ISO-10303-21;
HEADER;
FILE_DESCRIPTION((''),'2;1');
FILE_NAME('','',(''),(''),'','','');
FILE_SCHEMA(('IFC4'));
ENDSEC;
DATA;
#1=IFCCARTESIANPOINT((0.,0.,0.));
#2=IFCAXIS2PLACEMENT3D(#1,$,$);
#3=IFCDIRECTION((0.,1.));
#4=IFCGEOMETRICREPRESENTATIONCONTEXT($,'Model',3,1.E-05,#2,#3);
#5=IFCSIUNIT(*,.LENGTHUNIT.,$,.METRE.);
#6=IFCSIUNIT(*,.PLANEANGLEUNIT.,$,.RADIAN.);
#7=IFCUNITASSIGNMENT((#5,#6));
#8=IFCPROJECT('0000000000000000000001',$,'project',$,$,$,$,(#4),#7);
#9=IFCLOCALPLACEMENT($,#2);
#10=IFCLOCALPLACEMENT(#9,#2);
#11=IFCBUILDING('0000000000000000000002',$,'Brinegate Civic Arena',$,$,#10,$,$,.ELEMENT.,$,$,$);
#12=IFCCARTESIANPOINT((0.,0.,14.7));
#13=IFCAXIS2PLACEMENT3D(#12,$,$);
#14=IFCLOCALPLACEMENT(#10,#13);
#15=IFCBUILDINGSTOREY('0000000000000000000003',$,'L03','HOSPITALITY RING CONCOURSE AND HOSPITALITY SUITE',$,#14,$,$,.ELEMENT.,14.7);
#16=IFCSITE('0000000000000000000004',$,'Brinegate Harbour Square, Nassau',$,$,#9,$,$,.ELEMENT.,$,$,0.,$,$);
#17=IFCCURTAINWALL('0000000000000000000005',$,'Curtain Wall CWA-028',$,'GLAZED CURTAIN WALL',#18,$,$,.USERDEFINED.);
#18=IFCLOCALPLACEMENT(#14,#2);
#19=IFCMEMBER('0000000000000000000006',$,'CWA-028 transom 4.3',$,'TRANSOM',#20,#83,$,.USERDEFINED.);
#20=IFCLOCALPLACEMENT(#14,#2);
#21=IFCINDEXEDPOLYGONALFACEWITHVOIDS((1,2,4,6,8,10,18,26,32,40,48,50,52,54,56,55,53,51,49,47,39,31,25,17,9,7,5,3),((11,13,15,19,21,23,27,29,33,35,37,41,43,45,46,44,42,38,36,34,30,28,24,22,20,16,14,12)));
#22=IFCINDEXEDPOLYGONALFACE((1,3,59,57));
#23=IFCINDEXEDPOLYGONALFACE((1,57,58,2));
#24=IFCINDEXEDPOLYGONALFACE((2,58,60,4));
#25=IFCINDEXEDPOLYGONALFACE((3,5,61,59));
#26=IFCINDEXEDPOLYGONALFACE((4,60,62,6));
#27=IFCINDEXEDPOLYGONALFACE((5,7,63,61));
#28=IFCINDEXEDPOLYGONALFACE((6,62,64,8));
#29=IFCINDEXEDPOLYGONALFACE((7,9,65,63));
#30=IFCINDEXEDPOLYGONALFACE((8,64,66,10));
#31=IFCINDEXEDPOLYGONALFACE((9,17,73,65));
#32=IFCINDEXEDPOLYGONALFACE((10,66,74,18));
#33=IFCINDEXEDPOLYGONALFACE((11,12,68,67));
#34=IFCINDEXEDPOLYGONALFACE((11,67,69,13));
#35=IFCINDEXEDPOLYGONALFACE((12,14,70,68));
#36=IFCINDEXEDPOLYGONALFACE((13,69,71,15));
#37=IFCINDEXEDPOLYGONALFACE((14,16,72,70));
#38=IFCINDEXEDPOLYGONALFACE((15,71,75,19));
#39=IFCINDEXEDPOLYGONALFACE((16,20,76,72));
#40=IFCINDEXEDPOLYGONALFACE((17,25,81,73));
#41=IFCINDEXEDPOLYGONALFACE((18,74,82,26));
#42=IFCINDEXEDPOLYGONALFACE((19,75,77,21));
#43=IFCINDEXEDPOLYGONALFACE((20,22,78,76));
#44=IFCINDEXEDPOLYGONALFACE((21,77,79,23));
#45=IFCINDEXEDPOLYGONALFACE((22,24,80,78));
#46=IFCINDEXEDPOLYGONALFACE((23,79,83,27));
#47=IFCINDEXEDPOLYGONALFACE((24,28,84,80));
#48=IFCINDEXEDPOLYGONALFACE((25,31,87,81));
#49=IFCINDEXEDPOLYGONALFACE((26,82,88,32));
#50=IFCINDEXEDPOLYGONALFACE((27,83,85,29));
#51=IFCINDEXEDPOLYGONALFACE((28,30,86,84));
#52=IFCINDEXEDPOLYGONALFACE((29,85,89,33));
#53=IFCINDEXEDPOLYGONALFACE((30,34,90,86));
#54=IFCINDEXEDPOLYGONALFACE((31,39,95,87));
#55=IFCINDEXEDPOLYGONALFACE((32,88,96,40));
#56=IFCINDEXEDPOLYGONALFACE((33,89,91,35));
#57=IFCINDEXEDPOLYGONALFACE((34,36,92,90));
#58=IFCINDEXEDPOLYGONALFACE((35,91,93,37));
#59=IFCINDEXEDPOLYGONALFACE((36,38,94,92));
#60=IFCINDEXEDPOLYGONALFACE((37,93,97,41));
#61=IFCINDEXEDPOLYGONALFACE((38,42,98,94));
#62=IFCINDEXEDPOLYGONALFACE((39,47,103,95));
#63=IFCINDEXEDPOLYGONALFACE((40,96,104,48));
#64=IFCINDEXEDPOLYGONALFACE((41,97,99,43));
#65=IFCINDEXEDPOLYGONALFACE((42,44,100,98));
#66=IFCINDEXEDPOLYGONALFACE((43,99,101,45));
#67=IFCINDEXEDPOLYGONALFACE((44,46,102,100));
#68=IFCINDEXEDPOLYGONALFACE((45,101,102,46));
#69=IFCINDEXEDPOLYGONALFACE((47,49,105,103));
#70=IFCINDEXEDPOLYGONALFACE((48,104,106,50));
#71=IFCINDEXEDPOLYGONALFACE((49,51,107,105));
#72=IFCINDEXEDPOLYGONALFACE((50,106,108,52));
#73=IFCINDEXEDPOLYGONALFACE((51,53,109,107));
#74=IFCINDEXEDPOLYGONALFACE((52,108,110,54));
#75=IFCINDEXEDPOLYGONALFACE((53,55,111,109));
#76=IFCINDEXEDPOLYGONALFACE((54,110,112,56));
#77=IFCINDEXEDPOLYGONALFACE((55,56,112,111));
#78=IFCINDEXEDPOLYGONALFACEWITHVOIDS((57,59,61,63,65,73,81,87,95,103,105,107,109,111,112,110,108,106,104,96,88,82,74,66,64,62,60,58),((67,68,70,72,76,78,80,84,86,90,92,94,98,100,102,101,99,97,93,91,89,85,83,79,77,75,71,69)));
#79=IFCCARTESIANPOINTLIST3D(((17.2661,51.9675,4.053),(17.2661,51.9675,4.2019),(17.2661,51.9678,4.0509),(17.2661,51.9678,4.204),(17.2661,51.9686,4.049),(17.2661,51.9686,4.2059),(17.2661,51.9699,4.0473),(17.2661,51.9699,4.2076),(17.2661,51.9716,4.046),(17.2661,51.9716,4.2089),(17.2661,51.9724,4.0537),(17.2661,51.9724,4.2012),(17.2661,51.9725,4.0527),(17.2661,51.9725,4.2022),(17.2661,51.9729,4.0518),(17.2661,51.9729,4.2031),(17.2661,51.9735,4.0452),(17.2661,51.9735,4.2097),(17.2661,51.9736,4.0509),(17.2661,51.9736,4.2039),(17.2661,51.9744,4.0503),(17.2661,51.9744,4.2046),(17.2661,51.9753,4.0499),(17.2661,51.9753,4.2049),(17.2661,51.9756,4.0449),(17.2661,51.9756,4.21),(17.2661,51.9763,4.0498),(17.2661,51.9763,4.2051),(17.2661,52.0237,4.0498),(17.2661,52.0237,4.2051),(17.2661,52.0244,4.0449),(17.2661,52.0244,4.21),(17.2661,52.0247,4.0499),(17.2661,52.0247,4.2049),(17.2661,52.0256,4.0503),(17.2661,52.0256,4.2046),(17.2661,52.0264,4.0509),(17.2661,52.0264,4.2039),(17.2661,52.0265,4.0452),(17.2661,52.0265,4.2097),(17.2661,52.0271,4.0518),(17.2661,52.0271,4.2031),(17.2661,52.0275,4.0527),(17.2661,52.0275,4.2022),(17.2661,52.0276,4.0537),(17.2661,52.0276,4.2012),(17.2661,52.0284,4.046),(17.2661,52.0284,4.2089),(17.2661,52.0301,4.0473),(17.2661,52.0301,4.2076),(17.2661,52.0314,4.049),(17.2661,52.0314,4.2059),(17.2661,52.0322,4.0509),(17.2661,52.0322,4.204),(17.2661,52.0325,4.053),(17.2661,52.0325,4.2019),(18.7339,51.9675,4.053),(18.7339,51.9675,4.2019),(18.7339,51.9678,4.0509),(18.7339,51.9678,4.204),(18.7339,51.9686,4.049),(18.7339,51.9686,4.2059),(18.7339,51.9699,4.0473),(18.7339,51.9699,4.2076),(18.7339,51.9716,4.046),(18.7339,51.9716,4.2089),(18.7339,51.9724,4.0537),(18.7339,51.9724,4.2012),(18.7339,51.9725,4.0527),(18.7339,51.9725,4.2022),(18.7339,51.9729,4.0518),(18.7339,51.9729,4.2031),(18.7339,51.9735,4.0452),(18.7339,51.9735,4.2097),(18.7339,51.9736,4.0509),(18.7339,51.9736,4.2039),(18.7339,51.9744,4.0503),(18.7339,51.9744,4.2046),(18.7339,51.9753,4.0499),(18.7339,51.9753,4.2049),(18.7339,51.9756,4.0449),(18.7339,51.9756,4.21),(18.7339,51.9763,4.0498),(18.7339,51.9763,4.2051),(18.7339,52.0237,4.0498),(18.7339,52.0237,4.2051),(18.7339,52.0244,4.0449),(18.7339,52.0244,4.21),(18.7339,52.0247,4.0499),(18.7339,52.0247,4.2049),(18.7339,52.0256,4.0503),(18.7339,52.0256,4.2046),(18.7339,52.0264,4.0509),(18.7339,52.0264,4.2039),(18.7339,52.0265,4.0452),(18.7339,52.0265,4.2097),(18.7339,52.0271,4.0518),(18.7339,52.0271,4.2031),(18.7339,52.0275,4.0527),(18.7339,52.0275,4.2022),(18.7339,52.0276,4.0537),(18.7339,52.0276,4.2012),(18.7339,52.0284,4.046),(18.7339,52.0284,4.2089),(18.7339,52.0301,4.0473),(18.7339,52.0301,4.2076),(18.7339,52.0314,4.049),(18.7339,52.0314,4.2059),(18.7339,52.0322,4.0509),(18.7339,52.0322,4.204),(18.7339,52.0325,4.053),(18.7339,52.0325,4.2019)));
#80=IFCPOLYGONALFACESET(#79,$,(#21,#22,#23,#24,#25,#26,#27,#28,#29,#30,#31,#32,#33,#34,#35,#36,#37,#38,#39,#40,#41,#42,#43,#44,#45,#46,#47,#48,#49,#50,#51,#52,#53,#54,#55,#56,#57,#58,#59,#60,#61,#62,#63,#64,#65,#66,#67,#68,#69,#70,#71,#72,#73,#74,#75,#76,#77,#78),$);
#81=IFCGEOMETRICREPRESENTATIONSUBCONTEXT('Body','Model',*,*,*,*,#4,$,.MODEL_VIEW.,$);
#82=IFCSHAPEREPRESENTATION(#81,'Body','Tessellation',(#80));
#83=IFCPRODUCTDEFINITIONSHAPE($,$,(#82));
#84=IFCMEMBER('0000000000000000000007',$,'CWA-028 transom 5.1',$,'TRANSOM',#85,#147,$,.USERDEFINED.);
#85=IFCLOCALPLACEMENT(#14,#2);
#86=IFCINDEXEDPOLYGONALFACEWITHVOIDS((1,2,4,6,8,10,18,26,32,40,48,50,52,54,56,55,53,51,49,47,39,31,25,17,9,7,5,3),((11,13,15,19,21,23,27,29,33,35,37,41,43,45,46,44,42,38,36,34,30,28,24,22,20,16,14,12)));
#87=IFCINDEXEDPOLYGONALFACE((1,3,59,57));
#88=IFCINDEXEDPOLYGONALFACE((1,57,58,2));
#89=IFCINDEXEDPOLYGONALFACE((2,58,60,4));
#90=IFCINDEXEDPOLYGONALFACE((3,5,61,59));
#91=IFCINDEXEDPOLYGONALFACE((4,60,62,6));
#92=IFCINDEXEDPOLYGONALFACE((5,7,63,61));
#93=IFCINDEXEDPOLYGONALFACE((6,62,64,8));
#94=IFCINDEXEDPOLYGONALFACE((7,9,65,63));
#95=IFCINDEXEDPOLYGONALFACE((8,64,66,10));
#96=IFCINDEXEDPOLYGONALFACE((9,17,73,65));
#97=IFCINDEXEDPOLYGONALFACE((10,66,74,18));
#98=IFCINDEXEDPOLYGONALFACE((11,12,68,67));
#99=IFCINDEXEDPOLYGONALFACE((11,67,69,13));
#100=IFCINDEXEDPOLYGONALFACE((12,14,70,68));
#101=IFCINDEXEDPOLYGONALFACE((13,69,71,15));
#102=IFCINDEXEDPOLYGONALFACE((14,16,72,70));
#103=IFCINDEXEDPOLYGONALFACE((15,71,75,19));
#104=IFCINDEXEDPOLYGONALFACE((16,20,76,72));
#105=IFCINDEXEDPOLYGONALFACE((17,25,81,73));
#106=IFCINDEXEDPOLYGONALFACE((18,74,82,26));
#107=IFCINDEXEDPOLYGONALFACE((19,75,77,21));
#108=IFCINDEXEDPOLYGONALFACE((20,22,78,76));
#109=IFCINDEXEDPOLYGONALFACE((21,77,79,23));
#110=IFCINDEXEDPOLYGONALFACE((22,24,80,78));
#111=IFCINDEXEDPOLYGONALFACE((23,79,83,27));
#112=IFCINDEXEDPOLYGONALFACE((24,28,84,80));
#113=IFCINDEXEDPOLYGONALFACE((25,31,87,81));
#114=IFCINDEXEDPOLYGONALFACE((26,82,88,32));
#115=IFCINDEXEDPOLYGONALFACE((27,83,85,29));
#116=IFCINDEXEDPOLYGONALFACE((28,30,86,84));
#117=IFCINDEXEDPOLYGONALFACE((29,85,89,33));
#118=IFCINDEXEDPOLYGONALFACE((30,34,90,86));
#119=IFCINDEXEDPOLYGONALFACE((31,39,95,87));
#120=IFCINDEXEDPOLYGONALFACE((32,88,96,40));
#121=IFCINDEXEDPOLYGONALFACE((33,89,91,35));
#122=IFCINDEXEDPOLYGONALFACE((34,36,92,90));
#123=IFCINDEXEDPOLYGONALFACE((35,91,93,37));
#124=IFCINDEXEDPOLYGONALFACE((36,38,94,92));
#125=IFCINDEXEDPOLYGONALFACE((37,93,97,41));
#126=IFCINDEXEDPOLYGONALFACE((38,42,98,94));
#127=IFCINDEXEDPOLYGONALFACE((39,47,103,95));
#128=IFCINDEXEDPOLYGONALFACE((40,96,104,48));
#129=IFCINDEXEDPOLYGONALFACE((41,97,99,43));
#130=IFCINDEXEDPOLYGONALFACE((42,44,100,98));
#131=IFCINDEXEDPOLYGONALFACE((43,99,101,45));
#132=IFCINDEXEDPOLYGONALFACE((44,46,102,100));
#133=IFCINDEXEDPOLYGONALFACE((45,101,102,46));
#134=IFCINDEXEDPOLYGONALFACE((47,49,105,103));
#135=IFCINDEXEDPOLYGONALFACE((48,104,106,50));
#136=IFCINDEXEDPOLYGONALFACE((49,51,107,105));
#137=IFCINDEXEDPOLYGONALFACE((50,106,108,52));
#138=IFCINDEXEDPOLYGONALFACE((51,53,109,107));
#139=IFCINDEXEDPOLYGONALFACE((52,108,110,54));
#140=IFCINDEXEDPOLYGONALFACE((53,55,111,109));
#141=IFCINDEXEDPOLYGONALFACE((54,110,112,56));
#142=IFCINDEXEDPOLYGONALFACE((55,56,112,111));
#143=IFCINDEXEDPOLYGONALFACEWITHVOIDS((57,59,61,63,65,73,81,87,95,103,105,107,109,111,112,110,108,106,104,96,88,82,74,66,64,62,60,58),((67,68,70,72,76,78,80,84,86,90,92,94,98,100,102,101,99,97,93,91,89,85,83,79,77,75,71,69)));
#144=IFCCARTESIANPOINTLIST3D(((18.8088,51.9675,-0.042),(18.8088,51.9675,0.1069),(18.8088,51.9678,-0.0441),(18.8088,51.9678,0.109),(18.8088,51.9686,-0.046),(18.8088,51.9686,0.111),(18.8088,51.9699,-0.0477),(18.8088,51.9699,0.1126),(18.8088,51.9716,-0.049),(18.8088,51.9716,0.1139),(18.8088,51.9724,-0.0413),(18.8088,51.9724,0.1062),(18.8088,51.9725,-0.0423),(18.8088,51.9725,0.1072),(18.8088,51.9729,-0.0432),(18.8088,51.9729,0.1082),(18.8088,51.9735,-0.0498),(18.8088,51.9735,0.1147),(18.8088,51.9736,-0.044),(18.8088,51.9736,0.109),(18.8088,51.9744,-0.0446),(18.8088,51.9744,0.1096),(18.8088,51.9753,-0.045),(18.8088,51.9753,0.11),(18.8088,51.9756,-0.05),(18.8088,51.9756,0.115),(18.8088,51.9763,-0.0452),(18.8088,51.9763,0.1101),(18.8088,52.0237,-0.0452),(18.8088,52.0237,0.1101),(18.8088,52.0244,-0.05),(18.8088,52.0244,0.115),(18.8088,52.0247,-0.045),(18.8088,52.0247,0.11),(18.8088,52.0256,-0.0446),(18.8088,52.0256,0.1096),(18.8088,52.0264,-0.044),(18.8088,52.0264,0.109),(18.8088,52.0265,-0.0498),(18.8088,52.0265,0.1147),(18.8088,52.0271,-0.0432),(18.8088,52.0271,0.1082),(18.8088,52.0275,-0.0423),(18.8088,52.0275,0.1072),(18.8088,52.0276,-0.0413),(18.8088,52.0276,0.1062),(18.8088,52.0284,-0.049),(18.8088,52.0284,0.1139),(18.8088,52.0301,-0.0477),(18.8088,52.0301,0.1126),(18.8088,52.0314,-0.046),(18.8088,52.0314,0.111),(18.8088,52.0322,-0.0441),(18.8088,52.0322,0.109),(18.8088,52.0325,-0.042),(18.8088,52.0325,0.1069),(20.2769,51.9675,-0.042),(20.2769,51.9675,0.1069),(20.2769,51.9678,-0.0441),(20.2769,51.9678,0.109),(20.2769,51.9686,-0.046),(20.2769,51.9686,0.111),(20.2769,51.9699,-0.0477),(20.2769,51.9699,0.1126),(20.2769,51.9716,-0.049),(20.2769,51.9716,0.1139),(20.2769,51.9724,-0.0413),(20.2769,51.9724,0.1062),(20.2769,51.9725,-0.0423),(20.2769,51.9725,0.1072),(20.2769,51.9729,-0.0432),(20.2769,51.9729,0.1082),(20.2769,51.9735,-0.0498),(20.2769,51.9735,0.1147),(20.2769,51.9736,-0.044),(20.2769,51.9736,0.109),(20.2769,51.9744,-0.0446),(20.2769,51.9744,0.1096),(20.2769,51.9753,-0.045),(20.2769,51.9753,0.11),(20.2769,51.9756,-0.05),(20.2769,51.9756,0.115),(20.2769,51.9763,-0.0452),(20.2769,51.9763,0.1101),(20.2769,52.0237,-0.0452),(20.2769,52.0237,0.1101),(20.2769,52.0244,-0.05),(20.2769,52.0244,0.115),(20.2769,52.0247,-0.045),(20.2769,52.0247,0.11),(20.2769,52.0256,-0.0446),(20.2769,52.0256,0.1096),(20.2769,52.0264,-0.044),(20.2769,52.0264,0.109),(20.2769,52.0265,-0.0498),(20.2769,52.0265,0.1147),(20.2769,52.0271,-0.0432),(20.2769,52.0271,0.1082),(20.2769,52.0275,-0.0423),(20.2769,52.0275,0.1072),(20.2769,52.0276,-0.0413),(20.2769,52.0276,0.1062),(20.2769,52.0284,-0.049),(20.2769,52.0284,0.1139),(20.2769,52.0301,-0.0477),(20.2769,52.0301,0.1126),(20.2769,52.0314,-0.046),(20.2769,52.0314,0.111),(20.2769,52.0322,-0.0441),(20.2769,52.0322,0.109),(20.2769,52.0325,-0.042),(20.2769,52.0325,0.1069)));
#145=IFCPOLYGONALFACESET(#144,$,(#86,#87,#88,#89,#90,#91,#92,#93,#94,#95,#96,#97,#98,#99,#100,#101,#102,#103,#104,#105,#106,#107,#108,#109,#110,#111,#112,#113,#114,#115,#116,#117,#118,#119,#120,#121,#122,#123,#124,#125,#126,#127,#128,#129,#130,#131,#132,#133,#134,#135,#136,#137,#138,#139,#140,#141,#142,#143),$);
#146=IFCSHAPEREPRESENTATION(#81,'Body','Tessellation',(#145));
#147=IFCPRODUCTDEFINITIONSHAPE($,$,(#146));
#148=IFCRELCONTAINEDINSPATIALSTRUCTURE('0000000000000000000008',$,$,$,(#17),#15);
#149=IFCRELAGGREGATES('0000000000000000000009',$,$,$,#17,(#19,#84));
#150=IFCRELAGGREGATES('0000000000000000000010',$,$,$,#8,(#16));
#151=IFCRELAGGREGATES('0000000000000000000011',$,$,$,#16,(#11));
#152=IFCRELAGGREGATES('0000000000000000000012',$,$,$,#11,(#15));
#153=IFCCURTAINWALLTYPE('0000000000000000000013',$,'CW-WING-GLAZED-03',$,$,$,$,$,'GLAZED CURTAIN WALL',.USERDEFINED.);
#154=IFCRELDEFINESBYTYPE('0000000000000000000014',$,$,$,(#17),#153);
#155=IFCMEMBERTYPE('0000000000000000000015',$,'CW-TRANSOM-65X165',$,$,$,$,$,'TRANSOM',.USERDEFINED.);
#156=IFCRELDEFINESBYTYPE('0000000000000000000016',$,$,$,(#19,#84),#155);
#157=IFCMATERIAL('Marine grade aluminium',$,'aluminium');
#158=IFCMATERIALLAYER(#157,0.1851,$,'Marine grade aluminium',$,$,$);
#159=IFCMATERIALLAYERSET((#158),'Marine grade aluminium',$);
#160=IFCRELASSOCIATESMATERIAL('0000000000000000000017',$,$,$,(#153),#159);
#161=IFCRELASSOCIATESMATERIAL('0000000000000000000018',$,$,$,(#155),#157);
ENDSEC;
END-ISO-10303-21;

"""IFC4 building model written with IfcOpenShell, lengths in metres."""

from ifc_helpers import new_model, si_unit, direction, frame, origin, origin_2d, place, context, subcontext, project, spatial, hollow_rectangle, extrude, material, layer, layer_set, material_profile, profile_set, type_object, element, aggregate, save


model = new_model("IFC4")

# Units and contexts
model_context = context("Model", 3, precision=1e-05, world=origin(), true_north=direction((0.0, 1.0)))
body_context = subcontext(model_context, "Body", "Model", "MODEL_VIEW")
ifc_project = project(units=[si_unit("LENGTHUNIT", "METRE"), si_unit("PLANEANGLEUNIT", "RADIAN")], contexts=[model_context])

# Site, building, storey
site_placement = place(None, origin())
site = spatial("IfcSite", under=ifc_project, at=site_placement, Name="Brinegate Harbour Square, Nassau", CompositionType="ELEMENT", RefElevation=0.0)
building_placement = place(site_placement, origin())
building = spatial("IfcBuilding", under=site, at=building_placement, Name="Brinegate Civic Arena", CompositionType="ELEMENT")
storey_placement = place(building_placement, frame((0.0, 0.0, 14.7)))
storey = spatial("IfcBuildingStorey", under=building, at=storey_placement, Name="L03", Description="HOSPITALITY RING CONCOURSE AND HOSPITALITY SUITE", CompositionType="ELEMENT", Elevation=14.7)

# Curtain wall, members
ifc_material_1 = material(Name="Marine grade aluminium", Category="aluminium")
ifc_layer_1 = layer(ifc_material_1, 0.1851, Name="Marine grade aluminium")
ifc_layer_set_1 = layer_set([ifc_layer_1], Name="Marine grade aluminium")
curtain_wall_type = type_object("IfcCurtainWallType", Name="CW-WING-GLAZED-03", ElementType="GLAZED CURTAIN WALL", PredefinedType="USERDEFINED", material=ifc_layer_set_1)
curtain_wall_placement = place(storey_placement, origin())
curtain_wall = element("IfcCurtainWall", 1, at=curtain_wall_placement, inside=storey, type_object=curtain_wall_type, Name="Curtain Wall CWA-028", ObjectType="GLAZED CURTAIN WALL", PredefinedType="USERDEFINED")
ifc_material_profile_1 = material_profile(ifc_material_1, hollow_rectangle(XDim=0.0649, YDim=0.165, WallThickness=0.0049, InnerFilletRadius=0.0039, OuterFilletRadius=0.0081, at=origin_2d()), Name="TRN65X165")
ifc_profile_set_1 = profile_set([ifc_material_profile_1], Name="Marine grade aluminium")
member_type_1 = type_object("IfcMemberType", Name="CW-TRANSOM-65X165", ElementType="TRANSOM", PredefinedType="USERDEFINED", material=ifc_profile_set_1)
member_1_placement = place(storey_placement, frame((17.2661, 52.0, 4.1274), z_axis=(1.0, 0.0, 0.0), x_axis=(0.0, 1.0, 0.0)))
member_1 = element("IfcMember", 2, at=member_1_placement, type_object=member_type_1, Name="CWA-028 transom 4.3", ObjectType="TRANSOM", PredefinedType="USERDEFINED", context=body_context, shape_type="SweptSolid", body=[
    extrude(hollow_rectangle(XDim=0.0649, YDim=0.165, WallThickness=0.0049, InnerFilletRadius=0.0039, OuterFilletRadius=0.0081, at=origin_2d()), origin(), (0.0, 0.0, 1.0), 1.4678),
])
member_2_placement = place(storey_placement, frame((18.8088, 52.0, 0.0325), z_axis=(1.0, 0.0, 0.0), x_axis=(0.0, 1.0, 0.0)))
member_2 = element("IfcMember", 3, at=member_2_placement, type_object=member_type_1, Name="CWA-028 transom 5.1", ObjectType="TRANSOM", PredefinedType="USERDEFINED", context=body_context, shape_type="SweptSolid", body=[
    extrude(hollow_rectangle(XDim=0.0649, YDim=0.165, WallThickness=0.0049, InnerFilletRadius=0.0039, OuterFilletRadius=0.0081, at=origin_2d()), origin(), (0.0, 0.0, 1.0), 1.468),
])

aggregate(curtain_wall, [member_1, member_2])

save(model, "model.ifc")
